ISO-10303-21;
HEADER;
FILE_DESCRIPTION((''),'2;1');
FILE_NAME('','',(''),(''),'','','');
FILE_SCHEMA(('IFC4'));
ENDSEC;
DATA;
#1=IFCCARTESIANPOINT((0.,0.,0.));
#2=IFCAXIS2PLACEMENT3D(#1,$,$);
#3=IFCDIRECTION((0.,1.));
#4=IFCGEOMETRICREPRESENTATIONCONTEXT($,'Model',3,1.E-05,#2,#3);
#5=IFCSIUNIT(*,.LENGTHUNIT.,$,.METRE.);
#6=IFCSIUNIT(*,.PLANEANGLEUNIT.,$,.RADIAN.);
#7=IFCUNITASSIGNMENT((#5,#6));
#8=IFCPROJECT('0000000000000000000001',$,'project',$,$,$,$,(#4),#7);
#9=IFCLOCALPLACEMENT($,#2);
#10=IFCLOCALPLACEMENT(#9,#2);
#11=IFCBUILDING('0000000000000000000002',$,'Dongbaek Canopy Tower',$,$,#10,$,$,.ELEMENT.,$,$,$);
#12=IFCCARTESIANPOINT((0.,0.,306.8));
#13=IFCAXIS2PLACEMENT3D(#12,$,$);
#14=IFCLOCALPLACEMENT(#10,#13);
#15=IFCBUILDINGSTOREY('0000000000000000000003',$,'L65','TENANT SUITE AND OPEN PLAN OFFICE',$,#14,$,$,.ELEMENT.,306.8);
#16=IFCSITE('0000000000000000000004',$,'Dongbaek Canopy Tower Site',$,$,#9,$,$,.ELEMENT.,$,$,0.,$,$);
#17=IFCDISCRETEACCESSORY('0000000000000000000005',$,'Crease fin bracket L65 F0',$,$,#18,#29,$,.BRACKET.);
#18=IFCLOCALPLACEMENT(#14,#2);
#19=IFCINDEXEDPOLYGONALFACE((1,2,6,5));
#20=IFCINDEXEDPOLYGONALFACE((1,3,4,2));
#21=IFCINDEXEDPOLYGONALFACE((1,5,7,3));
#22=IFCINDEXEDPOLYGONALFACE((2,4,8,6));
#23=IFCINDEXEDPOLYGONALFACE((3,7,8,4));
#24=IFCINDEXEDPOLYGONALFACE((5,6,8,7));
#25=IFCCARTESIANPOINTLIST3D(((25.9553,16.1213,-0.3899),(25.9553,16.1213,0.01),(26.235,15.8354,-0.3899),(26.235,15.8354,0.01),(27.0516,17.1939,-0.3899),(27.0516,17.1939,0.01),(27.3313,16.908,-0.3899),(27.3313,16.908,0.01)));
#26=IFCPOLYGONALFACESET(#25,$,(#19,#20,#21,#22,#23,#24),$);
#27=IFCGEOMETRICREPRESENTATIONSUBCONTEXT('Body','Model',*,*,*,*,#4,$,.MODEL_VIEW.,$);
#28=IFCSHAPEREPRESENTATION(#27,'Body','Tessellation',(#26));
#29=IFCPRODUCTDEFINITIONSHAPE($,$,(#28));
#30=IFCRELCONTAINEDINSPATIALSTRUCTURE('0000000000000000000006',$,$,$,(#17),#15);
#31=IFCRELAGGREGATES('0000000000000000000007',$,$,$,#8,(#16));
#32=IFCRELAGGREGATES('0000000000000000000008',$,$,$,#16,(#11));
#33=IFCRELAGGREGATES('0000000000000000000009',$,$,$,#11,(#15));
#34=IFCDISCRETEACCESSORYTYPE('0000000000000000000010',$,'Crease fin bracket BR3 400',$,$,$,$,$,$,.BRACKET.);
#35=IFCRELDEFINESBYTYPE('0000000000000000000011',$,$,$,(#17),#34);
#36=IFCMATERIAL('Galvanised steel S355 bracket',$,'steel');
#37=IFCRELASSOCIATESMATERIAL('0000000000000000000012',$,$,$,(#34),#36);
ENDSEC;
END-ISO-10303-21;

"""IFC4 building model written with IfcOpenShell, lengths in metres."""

from ifc_helpers import new_model, si_unit, direction, frame, origin, origin_2d, place, context, subcontext, project, spatial, rectangle, extrude, material, type_object, element, save


model = new_model("IFC4")

# Units and contexts
model_context = context("Model", 3, precision=1e-05, world=origin(), true_north=direction((0.0, 1.0)))
body_context = subcontext(model_context, "Body", "Model", "MODEL_VIEW")
ifc_project = project(units=[si_unit("LENGTHUNIT", "METRE"), si_unit("PLANEANGLEUNIT", "RADIAN")], contexts=[model_context])

# Site, building, storey
site_placement = place(None, origin())
site = spatial("IfcSite", under=ifc_project, at=site_placement, Name="Dongbaek Canopy Tower Site", CompositionType="ELEMENT", RefElevation=0.0)
building_placement = place(site_placement, origin())
building = spatial("IfcBuilding", under=site, at=building_placement, Name="Dongbaek Canopy Tower", CompositionType="ELEMENT")
storey_placement = place(building_placement, frame((0.0, 0.0, 306.8)))
storey = spatial("IfcBuildingStorey", under=building, at=storey_placement, Name="L65", Description="TENANT SUITE AND OPEN PLAN OFFICE", CompositionType="ELEMENT", Elevation=306.8)

# Discrete accessory
ifc_material_1 = material(Name="Galvanised steel S355 bracket", Category="steel")
discrete_accessory_type = type_object("IfcDiscreteAccessoryType", Name="Crease fin bracket BR3 400", PredefinedType="BRACKET", material=ifc_material_1)
discrete_accessory_placement = place(storey_placement, frame((26.6433, 16.5146, -0.3899), z_axis=(0.0, 0.0, 1.0), x_axis=(0.71478, 0.699349, 0.0)))
element("IfcDiscreteAccessory", 1, at=discrete_accessory_placement, inside=storey, type_object=discrete_accessory_type, Name="Crease fin bracket L65 F0", PredefinedType="BRACKET", context=body_context, shape_type="SweptSolid", body=[
    extrude(rectangle(XDim=1.5337, YDim=0.3999, at=origin_2d()), origin(), (0.0, 0.0, 1.0), 0.3999),
])

save(model, "model.ifc")
